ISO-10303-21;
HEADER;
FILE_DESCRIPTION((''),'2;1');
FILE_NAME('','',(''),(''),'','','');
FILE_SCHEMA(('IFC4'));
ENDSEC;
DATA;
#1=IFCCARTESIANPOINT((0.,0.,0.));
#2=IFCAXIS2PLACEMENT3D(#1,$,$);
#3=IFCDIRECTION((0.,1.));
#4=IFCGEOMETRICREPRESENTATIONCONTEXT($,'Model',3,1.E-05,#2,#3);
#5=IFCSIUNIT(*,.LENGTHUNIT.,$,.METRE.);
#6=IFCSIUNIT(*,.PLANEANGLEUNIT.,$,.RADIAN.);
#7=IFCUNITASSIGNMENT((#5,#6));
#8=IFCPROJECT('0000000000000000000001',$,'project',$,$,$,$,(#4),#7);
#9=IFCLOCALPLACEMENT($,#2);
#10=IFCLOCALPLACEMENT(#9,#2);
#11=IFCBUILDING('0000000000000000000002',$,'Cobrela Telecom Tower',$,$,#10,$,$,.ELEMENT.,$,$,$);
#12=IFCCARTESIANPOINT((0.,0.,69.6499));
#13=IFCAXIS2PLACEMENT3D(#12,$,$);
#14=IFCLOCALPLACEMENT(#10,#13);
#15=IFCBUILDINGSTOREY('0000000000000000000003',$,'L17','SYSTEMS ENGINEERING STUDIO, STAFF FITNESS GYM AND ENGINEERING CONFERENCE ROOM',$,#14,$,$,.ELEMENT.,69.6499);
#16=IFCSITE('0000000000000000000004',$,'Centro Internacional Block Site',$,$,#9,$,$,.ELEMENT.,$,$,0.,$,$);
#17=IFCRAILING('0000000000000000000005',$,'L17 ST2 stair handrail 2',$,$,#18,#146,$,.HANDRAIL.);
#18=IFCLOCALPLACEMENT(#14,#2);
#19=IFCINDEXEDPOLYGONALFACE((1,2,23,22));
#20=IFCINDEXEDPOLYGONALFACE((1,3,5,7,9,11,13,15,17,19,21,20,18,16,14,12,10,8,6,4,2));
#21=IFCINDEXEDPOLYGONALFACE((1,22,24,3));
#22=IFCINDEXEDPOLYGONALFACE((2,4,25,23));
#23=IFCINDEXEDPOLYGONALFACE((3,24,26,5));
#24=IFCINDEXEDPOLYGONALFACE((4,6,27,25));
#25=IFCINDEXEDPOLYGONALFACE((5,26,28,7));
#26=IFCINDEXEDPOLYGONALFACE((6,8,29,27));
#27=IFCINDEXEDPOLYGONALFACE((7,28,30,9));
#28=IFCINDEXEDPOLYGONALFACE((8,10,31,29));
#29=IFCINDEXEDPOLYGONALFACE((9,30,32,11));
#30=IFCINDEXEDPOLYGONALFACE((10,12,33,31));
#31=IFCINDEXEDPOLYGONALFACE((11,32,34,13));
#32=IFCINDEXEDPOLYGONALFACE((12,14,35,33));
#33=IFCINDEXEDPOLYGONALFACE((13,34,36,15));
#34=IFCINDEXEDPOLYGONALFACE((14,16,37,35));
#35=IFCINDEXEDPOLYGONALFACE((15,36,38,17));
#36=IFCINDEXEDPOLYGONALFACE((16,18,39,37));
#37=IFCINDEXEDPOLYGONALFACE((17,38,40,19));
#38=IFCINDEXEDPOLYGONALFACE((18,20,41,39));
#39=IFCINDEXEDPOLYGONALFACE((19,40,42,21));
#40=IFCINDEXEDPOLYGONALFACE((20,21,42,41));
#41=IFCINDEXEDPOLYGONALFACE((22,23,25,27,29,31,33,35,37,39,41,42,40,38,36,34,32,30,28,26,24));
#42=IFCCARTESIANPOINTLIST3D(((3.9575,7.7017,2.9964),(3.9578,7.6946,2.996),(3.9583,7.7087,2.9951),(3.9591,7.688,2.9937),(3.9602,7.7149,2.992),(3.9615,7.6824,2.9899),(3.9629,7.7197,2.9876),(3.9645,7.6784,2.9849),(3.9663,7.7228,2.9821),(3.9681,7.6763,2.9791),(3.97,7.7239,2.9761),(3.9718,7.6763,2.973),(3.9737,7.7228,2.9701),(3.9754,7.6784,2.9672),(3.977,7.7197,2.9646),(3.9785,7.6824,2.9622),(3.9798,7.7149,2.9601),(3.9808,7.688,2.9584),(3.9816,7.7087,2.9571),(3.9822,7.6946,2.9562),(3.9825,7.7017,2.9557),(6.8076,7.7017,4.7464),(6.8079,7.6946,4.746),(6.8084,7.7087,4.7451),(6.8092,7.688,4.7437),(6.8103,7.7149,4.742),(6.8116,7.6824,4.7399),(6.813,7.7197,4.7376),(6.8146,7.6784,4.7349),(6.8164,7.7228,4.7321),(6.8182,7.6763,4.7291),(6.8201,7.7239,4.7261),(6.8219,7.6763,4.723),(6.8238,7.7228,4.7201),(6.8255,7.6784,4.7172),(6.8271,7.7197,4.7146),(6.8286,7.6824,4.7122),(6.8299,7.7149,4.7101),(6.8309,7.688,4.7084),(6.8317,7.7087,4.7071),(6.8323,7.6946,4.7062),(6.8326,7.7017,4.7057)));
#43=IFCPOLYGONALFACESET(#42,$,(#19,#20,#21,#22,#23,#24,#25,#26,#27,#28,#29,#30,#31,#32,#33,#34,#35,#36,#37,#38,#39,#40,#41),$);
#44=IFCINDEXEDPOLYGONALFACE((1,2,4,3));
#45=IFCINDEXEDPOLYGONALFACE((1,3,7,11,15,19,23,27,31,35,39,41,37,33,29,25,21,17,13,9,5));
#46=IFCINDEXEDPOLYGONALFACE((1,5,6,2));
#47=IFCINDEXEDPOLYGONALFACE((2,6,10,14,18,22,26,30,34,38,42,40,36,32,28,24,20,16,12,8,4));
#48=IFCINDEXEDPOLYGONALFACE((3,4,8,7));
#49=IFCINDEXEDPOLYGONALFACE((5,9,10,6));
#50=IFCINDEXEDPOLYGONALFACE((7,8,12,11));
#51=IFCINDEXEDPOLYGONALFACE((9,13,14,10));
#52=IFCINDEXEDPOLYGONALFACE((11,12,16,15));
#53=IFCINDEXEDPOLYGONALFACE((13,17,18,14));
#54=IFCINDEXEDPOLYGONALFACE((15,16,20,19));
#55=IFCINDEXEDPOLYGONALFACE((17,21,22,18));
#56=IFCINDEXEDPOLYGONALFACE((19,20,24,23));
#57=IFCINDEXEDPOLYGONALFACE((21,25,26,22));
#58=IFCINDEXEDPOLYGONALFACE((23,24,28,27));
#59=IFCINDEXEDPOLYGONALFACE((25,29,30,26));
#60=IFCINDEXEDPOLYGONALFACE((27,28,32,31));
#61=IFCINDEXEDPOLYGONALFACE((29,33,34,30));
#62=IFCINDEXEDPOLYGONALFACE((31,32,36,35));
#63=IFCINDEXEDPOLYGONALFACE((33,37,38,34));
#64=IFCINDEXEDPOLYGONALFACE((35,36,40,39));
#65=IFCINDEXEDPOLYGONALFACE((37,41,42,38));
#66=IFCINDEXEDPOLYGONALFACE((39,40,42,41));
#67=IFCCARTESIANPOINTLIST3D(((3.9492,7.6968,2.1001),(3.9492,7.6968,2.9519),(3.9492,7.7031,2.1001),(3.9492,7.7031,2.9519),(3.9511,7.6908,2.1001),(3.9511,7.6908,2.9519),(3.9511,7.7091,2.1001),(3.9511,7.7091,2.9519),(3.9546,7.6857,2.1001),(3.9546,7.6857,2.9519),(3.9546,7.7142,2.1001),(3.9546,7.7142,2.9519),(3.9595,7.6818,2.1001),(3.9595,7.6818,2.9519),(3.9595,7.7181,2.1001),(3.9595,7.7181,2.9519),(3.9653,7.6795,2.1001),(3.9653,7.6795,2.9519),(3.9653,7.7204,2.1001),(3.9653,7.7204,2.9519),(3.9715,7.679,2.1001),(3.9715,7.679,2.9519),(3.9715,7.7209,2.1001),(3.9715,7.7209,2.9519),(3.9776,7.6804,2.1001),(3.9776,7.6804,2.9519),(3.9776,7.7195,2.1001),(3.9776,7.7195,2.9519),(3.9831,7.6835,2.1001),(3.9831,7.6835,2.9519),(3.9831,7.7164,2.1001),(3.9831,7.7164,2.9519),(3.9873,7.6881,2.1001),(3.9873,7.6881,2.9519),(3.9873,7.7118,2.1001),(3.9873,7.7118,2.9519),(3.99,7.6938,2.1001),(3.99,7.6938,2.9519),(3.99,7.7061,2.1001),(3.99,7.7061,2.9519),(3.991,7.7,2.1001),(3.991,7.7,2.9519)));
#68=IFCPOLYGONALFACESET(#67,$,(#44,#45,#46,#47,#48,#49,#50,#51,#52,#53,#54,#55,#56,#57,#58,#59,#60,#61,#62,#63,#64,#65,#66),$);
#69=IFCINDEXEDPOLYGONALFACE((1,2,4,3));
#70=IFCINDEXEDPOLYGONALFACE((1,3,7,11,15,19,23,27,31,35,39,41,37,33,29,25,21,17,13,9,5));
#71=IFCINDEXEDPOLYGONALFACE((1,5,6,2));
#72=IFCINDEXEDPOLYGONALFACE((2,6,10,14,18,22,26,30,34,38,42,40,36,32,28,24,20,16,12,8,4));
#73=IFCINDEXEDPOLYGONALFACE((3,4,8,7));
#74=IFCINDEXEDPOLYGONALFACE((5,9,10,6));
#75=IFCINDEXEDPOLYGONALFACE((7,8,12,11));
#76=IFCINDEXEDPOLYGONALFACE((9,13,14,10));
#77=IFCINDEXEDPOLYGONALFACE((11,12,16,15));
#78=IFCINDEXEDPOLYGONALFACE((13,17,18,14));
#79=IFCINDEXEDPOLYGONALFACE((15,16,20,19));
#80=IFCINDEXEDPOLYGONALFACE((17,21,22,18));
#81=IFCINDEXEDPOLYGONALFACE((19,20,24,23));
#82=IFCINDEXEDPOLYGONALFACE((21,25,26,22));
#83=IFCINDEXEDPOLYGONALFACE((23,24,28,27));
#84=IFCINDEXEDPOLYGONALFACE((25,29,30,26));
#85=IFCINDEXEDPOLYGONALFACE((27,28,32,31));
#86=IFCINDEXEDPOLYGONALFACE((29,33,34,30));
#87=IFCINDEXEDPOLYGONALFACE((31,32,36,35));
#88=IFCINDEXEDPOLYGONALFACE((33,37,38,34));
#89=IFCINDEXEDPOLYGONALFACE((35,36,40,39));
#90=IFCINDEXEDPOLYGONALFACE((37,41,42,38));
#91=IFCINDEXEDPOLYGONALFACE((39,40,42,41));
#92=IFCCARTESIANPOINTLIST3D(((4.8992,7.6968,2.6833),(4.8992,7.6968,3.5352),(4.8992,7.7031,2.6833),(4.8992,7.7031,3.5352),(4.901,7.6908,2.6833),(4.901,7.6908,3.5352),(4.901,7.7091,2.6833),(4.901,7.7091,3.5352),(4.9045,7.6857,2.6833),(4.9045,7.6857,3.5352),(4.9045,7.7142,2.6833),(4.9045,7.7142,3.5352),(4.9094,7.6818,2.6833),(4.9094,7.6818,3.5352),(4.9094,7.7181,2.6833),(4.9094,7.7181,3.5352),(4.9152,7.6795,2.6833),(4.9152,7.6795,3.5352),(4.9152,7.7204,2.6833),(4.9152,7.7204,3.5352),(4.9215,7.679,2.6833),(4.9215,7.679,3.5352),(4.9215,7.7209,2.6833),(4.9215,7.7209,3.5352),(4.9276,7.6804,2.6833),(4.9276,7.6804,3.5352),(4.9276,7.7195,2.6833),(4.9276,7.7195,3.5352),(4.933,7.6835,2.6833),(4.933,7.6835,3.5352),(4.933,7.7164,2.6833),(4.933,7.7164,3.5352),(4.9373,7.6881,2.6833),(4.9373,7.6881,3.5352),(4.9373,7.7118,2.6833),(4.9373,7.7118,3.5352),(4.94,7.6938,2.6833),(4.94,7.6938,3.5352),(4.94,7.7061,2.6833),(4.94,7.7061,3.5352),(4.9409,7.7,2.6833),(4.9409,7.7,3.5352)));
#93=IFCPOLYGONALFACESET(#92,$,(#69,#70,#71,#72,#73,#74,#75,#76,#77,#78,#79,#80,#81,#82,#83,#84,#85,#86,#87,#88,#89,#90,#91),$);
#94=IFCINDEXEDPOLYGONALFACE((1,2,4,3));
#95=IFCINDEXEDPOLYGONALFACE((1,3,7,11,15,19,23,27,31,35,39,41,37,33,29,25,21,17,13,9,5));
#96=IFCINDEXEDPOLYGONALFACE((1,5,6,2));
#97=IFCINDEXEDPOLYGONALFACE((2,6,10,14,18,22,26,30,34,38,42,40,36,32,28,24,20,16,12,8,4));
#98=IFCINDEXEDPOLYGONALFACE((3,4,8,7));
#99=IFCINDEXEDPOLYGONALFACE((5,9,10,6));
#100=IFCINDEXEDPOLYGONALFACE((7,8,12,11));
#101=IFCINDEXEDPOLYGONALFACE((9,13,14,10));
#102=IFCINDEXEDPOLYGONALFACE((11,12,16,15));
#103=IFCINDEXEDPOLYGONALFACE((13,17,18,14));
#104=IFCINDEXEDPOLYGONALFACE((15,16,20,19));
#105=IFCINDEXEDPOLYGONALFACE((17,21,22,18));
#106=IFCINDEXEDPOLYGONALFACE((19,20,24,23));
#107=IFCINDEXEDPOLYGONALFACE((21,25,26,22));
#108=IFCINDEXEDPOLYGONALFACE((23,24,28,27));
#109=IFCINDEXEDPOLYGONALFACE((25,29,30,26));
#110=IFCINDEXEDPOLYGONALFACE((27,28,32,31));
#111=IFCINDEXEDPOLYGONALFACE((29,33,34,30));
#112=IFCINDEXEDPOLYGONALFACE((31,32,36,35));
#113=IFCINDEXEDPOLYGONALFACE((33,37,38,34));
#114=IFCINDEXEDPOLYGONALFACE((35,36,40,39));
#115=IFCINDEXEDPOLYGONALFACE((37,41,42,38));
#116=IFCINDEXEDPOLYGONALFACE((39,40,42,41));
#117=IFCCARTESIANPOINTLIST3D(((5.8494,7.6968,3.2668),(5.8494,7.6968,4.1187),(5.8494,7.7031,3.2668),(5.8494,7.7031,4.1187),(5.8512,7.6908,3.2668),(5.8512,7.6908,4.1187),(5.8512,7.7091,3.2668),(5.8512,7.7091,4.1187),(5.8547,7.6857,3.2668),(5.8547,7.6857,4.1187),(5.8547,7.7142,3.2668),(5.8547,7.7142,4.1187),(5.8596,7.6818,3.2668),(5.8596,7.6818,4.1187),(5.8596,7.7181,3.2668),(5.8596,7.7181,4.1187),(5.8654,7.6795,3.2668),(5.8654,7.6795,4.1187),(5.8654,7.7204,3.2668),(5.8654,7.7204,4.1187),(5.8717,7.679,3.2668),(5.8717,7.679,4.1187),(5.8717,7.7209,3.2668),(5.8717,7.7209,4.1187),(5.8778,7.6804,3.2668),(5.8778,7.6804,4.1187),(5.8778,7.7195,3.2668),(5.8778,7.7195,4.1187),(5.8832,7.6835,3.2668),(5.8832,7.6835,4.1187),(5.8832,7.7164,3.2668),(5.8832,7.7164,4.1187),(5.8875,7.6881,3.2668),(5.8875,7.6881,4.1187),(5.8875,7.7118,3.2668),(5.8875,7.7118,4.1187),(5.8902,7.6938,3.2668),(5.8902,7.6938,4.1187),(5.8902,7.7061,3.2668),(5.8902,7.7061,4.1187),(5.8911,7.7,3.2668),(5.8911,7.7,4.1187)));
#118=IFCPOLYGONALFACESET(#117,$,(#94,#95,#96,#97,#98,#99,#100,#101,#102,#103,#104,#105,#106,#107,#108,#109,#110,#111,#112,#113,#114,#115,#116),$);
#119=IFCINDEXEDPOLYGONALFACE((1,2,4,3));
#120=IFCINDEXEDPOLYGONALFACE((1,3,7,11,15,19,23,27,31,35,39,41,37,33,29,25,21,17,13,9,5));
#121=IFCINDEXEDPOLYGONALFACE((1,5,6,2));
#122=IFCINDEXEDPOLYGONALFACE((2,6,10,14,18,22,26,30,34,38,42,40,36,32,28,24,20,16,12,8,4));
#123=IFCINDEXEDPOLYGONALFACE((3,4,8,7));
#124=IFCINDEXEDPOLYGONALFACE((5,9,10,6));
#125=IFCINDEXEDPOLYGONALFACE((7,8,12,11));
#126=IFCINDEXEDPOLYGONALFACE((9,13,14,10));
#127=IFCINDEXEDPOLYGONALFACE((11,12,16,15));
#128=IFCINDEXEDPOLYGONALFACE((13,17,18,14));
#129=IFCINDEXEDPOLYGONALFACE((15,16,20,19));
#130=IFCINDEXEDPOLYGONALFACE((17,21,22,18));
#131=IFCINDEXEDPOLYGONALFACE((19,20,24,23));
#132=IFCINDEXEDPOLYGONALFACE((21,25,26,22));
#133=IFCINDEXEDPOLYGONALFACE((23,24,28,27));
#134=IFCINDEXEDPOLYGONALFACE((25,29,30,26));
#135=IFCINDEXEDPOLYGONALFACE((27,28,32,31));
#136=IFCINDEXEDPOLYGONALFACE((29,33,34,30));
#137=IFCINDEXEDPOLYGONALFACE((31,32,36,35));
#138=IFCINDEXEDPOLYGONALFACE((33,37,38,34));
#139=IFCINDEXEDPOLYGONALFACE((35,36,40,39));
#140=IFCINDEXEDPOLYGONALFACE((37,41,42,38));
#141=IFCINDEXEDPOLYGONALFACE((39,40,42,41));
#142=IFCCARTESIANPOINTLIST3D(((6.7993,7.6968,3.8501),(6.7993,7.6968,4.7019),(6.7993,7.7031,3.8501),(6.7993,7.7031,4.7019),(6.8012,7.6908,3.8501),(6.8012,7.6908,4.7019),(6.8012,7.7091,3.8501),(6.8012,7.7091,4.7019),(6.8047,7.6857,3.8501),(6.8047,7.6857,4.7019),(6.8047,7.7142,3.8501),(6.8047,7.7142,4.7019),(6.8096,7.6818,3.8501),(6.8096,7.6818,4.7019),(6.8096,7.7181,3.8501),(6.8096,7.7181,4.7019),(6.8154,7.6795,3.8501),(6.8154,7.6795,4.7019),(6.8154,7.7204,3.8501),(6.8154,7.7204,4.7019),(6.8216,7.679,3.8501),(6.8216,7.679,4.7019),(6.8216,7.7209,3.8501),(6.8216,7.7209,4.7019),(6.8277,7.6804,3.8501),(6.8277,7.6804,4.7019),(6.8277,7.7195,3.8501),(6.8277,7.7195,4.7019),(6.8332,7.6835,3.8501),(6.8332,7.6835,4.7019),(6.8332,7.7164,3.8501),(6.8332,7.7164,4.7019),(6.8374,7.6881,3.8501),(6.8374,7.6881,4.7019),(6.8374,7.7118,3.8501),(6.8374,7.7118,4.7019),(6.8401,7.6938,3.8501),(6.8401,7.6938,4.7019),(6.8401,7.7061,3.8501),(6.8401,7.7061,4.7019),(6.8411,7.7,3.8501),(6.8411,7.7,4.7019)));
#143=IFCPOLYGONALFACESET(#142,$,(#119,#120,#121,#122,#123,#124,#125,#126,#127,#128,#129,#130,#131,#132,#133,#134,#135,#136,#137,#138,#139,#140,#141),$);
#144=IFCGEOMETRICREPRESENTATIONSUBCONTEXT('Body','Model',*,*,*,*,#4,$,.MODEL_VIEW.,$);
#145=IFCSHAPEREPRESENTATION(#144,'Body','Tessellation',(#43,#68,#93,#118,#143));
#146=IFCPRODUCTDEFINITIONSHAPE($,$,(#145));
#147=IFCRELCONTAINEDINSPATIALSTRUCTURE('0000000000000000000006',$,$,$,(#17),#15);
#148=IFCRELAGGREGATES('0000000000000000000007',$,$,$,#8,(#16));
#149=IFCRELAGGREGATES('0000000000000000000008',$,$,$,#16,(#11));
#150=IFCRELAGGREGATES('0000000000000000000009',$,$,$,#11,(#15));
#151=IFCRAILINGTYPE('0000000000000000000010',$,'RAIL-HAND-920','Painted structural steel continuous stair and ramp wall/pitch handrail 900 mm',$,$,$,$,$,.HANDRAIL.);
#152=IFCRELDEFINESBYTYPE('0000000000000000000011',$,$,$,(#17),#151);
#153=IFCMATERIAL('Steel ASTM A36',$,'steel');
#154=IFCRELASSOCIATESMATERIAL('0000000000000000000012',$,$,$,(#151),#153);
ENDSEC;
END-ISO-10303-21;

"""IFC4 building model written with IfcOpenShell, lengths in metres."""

from ifc_helpers import new_model, si_unit, direction, frame, origin, origin_2d, place, context, subcontext, project, spatial, circle, extrude, material, type_object, element, save


model = new_model("IFC4")

# Units and contexts
model_context = context("Model", 3, precision=1e-05, world=origin(), true_north=direction((0.0, 1.0)))
body_context = subcontext(model_context, "Body", "Model", "MODEL_VIEW")
ifc_project = project(units=[si_unit("LENGTHUNIT", "METRE"), si_unit("PLANEANGLEUNIT", "RADIAN")], contexts=[model_context])

# Site, building, storey
site_placement = place(None, origin())
site = spatial("IfcSite", under=ifc_project, at=site_placement, Name="Centro Internacional Block Site", CompositionType="ELEMENT", RefElevation=0.0)
building_placement = place(site_placement, origin())
building = spatial("IfcBuilding", under=site, at=building_placement, Name="Cobrela Telecom Tower", CompositionType="ELEMENT")
storey_placement = place(building_placement, frame((0.0, 0.0, 69.6499)))
storey = spatial("IfcBuildingStorey", under=building, at=storey_placement, Name="L17", Description="SYSTEMS ENGINEERING STUDIO, STAFF FITNESS GYM AND ENGINEERING CONFERENCE ROOM", CompositionType="ELEMENT", Elevation=69.6499)

# Railing
ifc_material_1 = material(Name="Steel ASTM A36", Category="steel")
railing_type_1 = type_object("IfcRailingType", Name="RAIL-HAND-920", Description="Painted structural steel continuous stair and ramp wall/pitch handrail 900 mm", PredefinedType="HANDRAIL", material=ifc_material_1)
railing_1_placement = place(storey_placement, frame((3.97, 7.7, 2.1001)))
element("IfcRailing", 1, at=railing_1_placement, inside=storey, type_object=railing_type_1, Name="L17 ST2 stair handrail 2", PredefinedType="HANDRAIL", context=body_context, shape_type="SweptSolid", body=[
    extrude(circle(Radius=0.0239, at=origin_2d()), frame((0.0, 0.0, 0.876), z_axis=(0.852179, 0.0, 0.52325), x_axis=(0.0, 1.0, 0.0)), (0.0, 0.0, 1.0), 3.3445),
    extrude(circle(Radius=0.021, at=origin_2d()), origin(), (0.0, 0.0, 1.0), 0.8518),
    extrude(circle(Radius=0.021, at=origin_2d()), frame((0.95, 0.0, 0.5833)), (0.0, 0.0, 1.0), 0.8518),
    extrude(circle(Radius=0.021, at=origin_2d()), frame((1.9001, 0.0, 1.1667)), (0.0, 0.0, 1.0), 0.8518),
    extrude(circle(Radius=0.021, at=origin_2d()), frame((2.8501, 0.0, 1.75)), (0.0, 0.0, 1.0), 0.8518),
])

save(model, "model.ifc")
